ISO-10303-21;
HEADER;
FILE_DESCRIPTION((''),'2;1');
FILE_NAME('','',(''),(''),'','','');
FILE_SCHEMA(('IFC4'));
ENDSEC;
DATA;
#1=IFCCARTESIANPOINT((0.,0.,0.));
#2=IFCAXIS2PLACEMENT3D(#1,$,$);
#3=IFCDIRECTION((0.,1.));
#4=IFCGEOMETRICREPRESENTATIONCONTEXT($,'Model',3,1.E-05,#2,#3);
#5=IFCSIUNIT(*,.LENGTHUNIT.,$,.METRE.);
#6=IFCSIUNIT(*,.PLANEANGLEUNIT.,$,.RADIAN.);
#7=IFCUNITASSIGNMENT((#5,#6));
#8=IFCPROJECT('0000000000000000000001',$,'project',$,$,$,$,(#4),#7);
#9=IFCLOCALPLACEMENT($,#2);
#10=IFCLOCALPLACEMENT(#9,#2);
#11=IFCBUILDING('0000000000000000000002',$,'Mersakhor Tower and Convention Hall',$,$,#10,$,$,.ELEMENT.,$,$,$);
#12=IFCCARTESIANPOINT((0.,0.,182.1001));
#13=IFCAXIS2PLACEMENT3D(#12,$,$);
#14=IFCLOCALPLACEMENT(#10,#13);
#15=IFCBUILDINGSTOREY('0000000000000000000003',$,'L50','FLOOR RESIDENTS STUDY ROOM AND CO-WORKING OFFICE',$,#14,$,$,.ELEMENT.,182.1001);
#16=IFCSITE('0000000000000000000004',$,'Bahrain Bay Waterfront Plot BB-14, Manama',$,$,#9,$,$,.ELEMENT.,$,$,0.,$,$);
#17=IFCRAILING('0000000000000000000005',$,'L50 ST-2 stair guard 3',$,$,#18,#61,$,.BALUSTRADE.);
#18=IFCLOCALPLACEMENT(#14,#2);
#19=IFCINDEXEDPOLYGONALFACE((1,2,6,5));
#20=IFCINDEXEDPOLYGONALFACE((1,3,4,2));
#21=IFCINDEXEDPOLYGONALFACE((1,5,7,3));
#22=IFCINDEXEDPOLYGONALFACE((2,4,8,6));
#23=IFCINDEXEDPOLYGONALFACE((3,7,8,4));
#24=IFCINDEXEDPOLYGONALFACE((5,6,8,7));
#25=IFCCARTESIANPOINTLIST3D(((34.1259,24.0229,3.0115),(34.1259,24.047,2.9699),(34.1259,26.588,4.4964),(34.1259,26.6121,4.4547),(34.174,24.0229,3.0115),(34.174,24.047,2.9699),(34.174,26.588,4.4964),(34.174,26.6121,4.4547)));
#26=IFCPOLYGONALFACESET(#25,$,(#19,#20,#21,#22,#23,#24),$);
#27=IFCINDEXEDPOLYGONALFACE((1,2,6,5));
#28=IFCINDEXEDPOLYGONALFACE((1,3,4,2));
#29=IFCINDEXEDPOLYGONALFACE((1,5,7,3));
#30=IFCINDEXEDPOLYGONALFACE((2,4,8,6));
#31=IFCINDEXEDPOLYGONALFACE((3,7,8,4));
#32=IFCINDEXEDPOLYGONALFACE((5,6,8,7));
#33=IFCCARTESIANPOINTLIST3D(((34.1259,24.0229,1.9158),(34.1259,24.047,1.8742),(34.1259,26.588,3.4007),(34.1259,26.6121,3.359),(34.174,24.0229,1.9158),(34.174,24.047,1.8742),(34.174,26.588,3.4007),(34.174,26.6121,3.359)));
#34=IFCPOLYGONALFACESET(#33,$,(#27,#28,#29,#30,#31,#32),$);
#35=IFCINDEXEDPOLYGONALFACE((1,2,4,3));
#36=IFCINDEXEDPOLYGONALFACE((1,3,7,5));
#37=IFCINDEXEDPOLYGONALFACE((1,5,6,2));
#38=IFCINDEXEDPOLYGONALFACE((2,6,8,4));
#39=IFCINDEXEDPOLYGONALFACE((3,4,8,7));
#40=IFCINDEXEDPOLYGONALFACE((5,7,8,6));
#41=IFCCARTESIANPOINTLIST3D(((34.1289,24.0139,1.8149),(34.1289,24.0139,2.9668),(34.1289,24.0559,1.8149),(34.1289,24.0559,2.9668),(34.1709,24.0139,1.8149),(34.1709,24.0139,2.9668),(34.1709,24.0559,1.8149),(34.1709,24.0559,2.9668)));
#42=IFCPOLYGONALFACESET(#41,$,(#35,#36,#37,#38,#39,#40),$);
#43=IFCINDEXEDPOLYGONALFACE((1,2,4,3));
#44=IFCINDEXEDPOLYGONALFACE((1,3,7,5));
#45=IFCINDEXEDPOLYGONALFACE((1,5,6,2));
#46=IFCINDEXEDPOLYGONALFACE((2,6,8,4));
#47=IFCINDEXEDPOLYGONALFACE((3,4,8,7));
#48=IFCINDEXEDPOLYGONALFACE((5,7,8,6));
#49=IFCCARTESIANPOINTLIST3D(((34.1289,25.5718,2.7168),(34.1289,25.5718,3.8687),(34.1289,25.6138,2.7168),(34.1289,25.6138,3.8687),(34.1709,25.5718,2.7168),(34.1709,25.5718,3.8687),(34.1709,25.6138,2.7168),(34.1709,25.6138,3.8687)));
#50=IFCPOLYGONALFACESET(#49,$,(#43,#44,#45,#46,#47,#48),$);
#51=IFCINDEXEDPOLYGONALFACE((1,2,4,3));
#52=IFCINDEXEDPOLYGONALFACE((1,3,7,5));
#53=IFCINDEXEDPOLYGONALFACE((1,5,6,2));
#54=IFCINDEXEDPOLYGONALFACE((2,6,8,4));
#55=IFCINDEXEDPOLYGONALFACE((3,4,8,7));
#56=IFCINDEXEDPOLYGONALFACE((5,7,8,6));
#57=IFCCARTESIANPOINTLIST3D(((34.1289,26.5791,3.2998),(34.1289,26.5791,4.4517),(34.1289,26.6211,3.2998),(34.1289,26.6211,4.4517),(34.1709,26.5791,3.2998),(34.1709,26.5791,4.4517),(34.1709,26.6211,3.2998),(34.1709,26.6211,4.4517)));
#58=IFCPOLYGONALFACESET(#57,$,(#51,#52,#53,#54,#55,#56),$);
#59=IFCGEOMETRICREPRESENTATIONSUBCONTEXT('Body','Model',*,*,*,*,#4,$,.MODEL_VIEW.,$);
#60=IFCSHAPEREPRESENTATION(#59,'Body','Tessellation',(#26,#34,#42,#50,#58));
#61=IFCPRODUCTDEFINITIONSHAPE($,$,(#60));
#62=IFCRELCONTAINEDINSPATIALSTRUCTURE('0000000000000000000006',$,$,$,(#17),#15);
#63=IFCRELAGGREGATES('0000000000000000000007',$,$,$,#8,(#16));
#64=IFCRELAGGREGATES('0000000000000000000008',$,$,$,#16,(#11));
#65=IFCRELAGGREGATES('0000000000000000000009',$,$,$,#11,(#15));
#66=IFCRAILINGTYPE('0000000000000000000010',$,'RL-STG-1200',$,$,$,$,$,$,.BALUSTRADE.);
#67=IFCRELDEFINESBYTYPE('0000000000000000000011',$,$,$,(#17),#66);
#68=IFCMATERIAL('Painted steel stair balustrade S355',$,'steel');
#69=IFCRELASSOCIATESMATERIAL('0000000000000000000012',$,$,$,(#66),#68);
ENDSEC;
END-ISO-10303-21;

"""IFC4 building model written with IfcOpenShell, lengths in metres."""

from ifc_helpers import new_model, si_unit, direction, frame, origin, origin_2d, place, context, subcontext, project, spatial, rectangle, extrude, material, type_object, element, save


model = new_model("IFC4")

# Units and contexts
model_context = context("Model", 3, precision=1e-05, world=origin(), true_north=direction((0.0, 1.0)))
body_context = subcontext(model_context, "Body", "Model", "MODEL_VIEW")
ifc_project = project(units=[si_unit("LENGTHUNIT", "METRE"), si_unit("PLANEANGLEUNIT", "RADIAN")], contexts=[model_context])

# Site, building, storey
site_placement = place(None, origin())
site = spatial("IfcSite", under=ifc_project, at=site_placement, Name="Bahrain Bay Waterfront Plot BB-14, Manama", CompositionType="ELEMENT", RefElevation=0.0)
building_placement = place(site_placement, origin())
building = spatial("IfcBuilding", under=site, at=building_placement, Name="Mersakhor Tower and Convention Hall", CompositionType="ELEMENT")
storey_placement = place(building_placement, frame((0.0, 0.0, 182.1001)))
storey = spatial("IfcBuildingStorey", under=building, at=storey_placement, Name="L50", Description="FLOOR RESIDENTS STUDY ROOM AND CO-WORKING OFFICE", CompositionType="ELEMENT", Elevation=182.1001)

# Railing
ifc_material_1 = material(Name="Painted steel stair balustrade S355", Category="steel")
railing_type_1 = type_object("IfcRailingType", Name="RL-STG-1200", PredefinedType="BALUSTRADE", material=ifc_material_1)
railing_1_placement = place(storey_placement, frame((34.1499, 24.0349, 1.8149)))
element("IfcRailing", 1, at=railing_1_placement, inside=storey, type_object=railing_type_1, Name="L50 ST-2 stair guard 3", PredefinedType="BALUSTRADE", context=body_context, shape_type="SweptSolid", body=[
    extrude(rectangle(XDim=0.0481, YDim=0.0481, at=origin_2d()), frame((0.0, 0.0, 1.1758), z_axis=(0.0, 0.865462, 0.500975), x_axis=(-1.0, 0.0, 0.0)), (0.0, 0.0, 1.0), 2.9639),
    extrude(rectangle(XDim=0.0481, YDim=0.0481, at=origin_2d()), frame((0.0, 0.0, 0.0801), z_axis=(0.0, 0.865462, 0.500975), x_axis=(-1.0, 0.0, 0.0)), (0.0, 0.0, 1.0), 2.9639),
    extrude(rectangle(XDim=0.042, YDim=0.042, at=origin_2d()), origin(), (0.0, 0.0, 1.0), 1.1519),
    extrude(rectangle(XDim=0.042, YDim=0.042, at=origin_2d()), frame((0.0, 1.5579, 0.9019)), (0.0, 0.0, 1.0), 1.1519),
    extrude(rectangle(XDim=0.042, YDim=0.042, at=origin_2d()), frame((0.0, 2.5652, 1.4849)), (0.0, 0.0, 1.0), 1.1519),
])

save(model, "model.ifc")
